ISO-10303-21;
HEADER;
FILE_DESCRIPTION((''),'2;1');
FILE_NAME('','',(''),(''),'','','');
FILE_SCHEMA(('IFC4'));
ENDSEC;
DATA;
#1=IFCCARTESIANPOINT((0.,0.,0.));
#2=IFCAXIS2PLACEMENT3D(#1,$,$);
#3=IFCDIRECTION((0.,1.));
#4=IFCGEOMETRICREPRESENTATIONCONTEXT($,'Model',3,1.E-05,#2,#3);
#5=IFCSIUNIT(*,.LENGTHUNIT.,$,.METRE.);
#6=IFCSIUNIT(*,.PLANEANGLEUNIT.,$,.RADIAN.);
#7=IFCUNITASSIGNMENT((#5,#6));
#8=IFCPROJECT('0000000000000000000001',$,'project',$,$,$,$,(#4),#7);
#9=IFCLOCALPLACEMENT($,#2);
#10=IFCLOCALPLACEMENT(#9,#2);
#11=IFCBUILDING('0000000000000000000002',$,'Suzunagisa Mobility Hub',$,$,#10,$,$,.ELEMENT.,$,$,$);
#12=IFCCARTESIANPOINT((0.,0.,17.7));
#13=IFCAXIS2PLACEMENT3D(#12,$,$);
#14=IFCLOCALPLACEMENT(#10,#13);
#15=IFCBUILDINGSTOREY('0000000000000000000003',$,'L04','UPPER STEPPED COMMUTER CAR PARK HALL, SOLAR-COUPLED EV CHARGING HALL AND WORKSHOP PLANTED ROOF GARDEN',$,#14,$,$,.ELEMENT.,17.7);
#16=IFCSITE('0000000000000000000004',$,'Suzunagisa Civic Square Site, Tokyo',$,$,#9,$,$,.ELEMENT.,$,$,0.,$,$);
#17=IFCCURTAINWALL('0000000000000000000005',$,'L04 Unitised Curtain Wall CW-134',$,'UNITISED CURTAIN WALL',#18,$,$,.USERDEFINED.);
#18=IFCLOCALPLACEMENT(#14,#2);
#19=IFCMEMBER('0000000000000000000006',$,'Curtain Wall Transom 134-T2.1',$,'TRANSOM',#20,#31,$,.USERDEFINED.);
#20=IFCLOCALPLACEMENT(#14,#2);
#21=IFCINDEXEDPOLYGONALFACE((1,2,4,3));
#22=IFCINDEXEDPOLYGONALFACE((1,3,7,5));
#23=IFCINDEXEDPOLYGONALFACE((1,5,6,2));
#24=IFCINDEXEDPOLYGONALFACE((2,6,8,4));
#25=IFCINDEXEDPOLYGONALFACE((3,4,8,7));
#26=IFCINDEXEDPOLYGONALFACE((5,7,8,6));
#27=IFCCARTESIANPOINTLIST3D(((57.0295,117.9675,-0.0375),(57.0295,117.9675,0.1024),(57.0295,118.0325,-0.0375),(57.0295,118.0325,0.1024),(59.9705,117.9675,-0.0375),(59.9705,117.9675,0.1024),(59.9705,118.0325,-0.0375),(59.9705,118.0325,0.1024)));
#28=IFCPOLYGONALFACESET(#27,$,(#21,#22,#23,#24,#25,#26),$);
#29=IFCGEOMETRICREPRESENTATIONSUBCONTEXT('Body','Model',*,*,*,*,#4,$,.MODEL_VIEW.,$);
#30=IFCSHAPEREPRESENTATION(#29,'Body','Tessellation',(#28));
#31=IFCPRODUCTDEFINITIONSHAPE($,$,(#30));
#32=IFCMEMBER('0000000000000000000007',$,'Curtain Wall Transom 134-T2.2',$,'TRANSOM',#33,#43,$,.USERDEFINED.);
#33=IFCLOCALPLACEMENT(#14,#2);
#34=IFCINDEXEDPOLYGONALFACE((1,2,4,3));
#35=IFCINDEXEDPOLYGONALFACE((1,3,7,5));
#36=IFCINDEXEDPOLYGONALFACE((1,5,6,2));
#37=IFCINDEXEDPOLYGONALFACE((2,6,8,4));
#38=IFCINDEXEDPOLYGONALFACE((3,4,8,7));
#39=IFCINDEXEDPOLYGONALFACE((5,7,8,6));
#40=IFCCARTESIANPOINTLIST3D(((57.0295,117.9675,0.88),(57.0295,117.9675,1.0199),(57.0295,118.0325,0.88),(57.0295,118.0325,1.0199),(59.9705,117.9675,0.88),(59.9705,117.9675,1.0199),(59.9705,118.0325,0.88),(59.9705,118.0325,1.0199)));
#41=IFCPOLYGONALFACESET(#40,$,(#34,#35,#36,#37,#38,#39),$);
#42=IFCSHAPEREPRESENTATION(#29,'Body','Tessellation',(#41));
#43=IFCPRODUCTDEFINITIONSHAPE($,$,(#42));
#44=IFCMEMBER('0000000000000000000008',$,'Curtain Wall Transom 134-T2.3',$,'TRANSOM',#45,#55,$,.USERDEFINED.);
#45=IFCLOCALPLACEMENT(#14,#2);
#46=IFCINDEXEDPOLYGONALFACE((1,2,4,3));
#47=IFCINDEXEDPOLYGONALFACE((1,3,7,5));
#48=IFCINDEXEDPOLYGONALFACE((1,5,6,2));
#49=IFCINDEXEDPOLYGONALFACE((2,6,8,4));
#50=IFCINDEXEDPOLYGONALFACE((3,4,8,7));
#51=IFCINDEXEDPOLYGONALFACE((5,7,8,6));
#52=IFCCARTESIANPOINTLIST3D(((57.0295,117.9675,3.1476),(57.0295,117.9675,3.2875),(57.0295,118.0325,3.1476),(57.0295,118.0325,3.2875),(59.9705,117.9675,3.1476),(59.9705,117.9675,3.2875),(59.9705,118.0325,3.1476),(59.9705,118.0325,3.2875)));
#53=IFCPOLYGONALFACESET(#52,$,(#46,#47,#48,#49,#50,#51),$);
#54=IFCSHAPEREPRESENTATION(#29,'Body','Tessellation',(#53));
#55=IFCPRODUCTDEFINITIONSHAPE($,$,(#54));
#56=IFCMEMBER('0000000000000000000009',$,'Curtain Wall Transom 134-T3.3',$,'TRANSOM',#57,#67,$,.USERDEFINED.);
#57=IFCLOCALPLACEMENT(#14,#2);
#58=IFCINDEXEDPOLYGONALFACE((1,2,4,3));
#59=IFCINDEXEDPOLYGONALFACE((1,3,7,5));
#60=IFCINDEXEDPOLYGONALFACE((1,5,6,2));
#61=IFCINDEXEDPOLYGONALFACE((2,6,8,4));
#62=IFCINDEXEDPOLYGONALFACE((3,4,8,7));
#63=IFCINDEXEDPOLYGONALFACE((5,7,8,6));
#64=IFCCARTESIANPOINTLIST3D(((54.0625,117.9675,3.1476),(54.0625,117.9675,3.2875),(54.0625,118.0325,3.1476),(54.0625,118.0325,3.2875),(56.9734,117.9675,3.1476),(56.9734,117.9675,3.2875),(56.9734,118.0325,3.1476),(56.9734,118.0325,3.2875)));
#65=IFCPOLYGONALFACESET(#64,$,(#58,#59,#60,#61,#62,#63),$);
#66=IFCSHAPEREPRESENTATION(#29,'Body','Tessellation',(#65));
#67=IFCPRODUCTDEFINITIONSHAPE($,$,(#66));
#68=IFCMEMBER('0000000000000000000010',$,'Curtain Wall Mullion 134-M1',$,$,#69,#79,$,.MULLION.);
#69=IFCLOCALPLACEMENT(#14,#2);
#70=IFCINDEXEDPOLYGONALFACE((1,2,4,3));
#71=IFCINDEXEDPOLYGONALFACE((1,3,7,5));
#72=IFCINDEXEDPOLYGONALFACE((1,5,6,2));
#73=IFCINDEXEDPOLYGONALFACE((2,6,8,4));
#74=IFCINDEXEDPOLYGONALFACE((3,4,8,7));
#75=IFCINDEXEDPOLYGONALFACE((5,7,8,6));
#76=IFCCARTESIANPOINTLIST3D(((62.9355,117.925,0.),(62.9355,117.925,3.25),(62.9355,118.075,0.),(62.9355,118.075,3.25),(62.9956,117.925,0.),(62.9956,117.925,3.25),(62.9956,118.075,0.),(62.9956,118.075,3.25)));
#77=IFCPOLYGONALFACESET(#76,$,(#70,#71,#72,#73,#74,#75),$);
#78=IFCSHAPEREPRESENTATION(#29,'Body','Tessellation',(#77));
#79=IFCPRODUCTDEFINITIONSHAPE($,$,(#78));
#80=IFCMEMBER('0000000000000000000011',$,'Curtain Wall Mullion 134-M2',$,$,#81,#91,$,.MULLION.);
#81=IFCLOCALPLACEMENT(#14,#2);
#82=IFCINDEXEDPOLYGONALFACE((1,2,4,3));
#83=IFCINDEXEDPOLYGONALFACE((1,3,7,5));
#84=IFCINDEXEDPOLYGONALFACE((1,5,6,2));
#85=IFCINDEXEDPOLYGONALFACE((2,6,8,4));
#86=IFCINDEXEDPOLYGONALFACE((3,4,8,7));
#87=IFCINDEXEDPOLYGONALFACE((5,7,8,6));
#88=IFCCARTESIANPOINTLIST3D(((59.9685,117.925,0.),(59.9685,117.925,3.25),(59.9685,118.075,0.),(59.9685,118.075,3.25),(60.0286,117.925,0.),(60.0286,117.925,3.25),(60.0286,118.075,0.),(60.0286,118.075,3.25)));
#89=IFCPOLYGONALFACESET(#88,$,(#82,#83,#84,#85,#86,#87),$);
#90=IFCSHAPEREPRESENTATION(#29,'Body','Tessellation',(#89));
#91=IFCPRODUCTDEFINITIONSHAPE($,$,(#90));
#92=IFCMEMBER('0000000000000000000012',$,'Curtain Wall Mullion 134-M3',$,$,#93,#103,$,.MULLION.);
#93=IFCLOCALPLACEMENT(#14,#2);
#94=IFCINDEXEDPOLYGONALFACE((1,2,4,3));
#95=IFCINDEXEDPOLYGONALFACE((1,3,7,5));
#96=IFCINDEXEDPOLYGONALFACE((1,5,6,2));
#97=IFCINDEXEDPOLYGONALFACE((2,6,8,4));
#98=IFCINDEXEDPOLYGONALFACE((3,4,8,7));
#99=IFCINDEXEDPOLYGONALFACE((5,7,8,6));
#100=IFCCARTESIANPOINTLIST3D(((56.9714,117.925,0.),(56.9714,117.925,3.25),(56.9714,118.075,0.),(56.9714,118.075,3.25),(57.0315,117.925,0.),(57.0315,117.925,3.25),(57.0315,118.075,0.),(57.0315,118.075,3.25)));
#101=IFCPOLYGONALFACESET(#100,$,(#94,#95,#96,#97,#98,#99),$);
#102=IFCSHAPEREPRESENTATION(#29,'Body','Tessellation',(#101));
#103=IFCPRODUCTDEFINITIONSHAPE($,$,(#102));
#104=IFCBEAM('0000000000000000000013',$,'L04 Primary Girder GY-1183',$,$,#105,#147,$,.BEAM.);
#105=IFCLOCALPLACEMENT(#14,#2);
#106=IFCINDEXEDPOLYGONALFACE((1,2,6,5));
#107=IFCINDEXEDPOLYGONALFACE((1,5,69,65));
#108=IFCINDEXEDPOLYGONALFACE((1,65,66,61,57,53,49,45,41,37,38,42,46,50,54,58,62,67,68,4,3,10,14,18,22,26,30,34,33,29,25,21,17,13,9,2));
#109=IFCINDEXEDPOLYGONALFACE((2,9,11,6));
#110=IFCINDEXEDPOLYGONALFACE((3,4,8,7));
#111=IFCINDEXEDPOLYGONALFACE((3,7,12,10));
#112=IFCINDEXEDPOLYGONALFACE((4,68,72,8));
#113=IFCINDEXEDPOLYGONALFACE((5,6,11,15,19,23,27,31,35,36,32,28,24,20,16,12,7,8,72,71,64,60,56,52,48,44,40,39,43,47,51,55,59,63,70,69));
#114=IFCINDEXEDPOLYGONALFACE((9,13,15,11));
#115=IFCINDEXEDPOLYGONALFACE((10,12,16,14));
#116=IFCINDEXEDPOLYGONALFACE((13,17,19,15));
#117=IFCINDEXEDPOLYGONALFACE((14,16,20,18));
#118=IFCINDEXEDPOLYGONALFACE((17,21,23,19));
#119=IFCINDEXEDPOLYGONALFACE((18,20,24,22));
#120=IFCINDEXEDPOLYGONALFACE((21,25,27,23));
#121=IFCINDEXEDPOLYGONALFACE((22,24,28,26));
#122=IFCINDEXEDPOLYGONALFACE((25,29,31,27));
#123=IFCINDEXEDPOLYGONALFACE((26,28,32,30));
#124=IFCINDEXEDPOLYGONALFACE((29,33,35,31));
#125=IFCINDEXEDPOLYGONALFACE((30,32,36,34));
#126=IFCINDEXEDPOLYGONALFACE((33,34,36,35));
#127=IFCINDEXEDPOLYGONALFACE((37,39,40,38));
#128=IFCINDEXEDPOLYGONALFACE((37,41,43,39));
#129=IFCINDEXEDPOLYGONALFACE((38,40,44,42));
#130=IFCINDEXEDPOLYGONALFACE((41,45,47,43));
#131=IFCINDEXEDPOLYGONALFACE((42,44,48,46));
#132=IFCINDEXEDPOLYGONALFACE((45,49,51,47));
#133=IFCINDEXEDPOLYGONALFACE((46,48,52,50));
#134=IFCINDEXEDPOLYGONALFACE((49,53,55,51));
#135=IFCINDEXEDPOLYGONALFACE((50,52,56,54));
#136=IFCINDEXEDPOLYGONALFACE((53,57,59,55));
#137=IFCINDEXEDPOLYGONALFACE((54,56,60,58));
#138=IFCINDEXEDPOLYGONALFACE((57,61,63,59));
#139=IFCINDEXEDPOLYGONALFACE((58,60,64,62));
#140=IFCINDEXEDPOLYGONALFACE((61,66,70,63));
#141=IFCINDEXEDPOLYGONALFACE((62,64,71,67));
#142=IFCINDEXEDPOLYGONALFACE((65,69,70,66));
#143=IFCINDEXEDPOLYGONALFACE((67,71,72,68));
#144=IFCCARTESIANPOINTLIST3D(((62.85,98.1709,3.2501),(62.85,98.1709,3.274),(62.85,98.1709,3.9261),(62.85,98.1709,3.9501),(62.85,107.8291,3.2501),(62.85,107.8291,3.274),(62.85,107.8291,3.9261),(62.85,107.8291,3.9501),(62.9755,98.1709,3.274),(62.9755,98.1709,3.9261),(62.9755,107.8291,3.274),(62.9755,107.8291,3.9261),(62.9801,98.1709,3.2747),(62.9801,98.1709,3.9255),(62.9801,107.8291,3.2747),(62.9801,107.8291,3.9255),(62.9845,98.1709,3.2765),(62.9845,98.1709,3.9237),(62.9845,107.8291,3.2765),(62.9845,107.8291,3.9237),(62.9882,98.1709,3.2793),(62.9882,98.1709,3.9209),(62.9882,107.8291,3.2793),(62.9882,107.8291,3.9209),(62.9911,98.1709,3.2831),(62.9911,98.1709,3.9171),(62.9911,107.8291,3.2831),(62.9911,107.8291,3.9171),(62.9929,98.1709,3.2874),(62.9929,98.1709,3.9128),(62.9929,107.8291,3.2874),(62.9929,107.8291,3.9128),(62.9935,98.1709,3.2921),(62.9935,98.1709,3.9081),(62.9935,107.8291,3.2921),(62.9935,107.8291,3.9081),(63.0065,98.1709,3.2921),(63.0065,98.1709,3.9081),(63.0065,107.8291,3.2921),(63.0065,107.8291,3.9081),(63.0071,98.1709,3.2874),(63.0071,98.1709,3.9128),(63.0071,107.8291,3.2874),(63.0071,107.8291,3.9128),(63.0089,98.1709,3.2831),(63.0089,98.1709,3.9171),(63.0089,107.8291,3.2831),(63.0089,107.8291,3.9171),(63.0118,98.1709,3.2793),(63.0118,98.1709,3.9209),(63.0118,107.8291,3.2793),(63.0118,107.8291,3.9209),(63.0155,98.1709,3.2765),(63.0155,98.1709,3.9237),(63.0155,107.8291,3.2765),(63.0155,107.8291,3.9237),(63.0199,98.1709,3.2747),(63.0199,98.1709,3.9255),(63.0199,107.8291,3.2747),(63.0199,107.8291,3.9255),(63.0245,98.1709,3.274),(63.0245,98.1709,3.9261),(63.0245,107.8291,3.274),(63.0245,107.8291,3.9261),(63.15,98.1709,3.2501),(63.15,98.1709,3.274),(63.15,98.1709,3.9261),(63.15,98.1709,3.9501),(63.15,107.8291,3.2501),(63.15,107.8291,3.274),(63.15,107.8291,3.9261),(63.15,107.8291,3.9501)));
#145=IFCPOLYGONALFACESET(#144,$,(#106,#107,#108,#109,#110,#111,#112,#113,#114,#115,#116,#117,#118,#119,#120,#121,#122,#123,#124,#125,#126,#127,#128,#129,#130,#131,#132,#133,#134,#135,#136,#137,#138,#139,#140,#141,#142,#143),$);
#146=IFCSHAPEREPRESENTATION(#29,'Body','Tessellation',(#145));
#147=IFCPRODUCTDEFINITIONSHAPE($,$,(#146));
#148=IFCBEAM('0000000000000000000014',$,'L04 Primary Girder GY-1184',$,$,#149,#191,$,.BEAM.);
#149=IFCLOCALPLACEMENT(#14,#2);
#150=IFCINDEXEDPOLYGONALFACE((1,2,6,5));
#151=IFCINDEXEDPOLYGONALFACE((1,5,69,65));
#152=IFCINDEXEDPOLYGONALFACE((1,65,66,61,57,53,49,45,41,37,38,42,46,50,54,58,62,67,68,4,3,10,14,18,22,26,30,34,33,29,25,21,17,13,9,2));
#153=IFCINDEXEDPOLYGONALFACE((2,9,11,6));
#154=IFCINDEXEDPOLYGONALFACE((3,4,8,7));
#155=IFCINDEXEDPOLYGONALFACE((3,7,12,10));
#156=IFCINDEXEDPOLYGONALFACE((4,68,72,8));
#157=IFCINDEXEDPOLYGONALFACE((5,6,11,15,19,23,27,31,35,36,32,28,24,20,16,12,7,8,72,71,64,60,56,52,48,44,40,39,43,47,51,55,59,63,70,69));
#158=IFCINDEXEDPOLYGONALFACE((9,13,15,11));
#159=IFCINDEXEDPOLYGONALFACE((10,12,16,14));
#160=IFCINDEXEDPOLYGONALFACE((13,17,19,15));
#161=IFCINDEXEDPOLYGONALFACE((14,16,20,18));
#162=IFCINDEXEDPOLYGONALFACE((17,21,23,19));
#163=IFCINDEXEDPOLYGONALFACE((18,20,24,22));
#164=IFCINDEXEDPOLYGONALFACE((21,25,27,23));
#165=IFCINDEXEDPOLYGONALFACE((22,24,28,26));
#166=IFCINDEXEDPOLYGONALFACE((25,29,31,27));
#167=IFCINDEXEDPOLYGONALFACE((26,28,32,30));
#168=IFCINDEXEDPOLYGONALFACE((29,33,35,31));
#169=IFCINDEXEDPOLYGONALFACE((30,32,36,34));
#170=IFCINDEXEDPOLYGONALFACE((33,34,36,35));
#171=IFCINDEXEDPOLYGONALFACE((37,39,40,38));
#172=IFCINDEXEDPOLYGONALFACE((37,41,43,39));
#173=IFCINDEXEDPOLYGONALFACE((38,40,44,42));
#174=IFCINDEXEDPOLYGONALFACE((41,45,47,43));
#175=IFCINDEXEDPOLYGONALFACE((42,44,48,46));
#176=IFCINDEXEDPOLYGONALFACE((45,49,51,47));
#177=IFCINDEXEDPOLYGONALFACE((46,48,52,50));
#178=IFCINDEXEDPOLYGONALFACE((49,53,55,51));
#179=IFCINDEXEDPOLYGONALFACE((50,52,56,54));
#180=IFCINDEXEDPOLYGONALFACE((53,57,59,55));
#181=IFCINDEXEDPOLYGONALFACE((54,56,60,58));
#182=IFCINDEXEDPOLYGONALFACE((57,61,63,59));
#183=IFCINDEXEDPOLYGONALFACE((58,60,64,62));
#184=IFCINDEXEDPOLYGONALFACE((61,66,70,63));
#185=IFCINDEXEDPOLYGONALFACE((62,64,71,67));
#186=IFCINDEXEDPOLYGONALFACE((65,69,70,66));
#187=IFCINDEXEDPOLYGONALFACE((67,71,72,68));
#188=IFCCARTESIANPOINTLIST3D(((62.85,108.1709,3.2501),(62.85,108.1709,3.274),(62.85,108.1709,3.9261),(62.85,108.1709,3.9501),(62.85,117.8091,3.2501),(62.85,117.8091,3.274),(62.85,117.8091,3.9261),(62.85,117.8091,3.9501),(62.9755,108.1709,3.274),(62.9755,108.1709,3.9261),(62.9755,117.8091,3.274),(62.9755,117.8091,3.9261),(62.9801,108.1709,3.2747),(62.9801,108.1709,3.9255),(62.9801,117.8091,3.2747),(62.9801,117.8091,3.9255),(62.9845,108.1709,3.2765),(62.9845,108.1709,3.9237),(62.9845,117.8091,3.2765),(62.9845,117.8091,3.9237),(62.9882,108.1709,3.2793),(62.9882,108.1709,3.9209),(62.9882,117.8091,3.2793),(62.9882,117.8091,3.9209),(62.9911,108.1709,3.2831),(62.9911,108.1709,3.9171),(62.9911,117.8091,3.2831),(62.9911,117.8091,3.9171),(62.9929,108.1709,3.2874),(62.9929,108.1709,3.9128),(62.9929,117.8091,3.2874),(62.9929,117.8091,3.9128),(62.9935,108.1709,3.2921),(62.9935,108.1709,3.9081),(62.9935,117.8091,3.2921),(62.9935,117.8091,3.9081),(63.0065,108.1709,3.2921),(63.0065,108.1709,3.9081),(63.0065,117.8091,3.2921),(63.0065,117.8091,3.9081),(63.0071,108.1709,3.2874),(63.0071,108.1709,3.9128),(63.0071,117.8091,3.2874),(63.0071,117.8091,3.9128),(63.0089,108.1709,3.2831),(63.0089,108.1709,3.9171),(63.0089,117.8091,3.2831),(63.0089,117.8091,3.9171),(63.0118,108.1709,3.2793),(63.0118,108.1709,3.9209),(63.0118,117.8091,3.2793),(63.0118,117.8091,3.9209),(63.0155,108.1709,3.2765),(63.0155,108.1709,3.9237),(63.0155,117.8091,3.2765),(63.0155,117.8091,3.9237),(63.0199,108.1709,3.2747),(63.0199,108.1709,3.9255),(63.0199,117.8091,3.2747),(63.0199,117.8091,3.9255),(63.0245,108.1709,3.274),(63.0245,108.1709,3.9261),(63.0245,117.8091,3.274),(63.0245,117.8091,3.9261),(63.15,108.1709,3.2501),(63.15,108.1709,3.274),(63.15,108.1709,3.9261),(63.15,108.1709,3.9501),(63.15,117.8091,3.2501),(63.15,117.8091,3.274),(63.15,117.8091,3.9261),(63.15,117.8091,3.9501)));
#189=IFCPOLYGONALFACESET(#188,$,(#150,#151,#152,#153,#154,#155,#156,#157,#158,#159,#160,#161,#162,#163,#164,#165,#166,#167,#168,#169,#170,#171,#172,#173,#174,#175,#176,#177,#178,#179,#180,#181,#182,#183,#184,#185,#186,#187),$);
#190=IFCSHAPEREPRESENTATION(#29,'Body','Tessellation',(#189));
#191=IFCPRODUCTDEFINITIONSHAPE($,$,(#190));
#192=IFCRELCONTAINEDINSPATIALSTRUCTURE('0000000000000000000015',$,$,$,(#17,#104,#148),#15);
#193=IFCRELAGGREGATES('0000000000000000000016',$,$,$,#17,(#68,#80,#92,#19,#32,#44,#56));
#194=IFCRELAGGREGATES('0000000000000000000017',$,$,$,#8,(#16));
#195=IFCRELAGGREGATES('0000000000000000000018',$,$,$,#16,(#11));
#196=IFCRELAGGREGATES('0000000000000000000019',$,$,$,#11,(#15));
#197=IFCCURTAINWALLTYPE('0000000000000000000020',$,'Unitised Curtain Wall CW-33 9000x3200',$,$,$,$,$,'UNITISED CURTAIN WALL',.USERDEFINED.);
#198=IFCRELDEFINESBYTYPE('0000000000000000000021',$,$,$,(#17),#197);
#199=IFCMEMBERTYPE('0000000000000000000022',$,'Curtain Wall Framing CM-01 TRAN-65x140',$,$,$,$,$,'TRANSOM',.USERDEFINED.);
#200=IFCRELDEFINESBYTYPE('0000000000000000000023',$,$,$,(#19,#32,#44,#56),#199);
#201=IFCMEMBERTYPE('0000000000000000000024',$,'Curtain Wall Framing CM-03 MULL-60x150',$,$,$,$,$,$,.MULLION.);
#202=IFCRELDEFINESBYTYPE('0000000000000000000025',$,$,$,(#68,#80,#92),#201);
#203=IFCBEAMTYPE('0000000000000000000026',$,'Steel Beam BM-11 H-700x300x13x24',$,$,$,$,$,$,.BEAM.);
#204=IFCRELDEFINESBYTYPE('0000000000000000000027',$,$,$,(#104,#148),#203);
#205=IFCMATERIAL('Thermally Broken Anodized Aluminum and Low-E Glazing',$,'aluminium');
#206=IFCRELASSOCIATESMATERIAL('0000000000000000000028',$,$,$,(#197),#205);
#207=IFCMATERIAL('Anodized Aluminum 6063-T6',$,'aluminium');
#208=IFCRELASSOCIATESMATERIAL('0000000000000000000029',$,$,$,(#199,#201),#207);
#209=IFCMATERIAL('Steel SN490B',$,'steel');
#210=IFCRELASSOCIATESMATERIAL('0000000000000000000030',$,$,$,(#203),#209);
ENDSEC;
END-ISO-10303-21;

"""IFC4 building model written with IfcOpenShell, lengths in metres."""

from ifc_helpers import new_model, si_unit, direction, frame, origin, origin_2d, place, context, subcontext, project, spatial, rectangle, i_section, extrude, material, material_profile, profile_set, type_object, element, aggregate, save


model = new_model("IFC4")

# Units and contexts
model_context = context("Model", 3, precision=1e-05, world=origin(), true_north=direction((0.0, 1.0)))
body_context = subcontext(model_context, "Body", "Model", "MODEL_VIEW")
ifc_project = project(units=[si_unit("LENGTHUNIT", "METRE"), si_unit("PLANEANGLEUNIT", "RADIAN")], contexts=[model_context])

# Site, building, storey
site_placement = place(None, origin())
site = spatial("IfcSite", under=ifc_project, at=site_placement, Name="Suzunagisa Civic Square Site, Tokyo", CompositionType="ELEMENT", RefElevation=0.0)
building_placement = place(site_placement, origin())
building = spatial("IfcBuilding", under=site, at=building_placement, Name="Suzunagisa Mobility Hub", CompositionType="ELEMENT")
storey_placement = place(building_placement, frame((0.0, 0.0, 17.7)))
storey = spatial("IfcBuildingStorey", under=building, at=storey_placement, Name="L04", Description="UPPER STEPPED COMMUTER CAR PARK HALL, SOLAR-COUPLED EV CHARGING HALL AND WORKSHOP PLANTED ROOF GARDEN", CompositionType="ELEMENT", Elevation=17.7)

# Shared definitions
ifc_material_1 = material(Name="Steel SN490B", Category="steel")

# Curtain wall, members
ifc_material_2 = material(Name="Thermally Broken Anodized Aluminum and Low-E Glazing", Category="aluminium")
curtain_wall_type = type_object("IfcCurtainWallType", Name="Unitised Curtain Wall CW-33 9000x3200", ElementType="UNITISED CURTAIN WALL", PredefinedType="USERDEFINED", material=ifc_material_2)
curtain_wall_placement = place(storey_placement, origin())
curtain_wall = element("IfcCurtainWall", 1, at=curtain_wall_placement, inside=storey, type_object=curtain_wall_type, Name="L04 Unitised Curtain Wall CW-134", ObjectType="UNITISED CURTAIN WALL", PredefinedType="USERDEFINED")
ifc_material_3 = material(Name="Anodized Aluminum 6063-T6", Category="aluminium")
ifc_material_profile_1 = material_profile(ifc_material_3, rectangle(XDim=0.0649, YDim=0.1399, at=origin_2d()), Name="TRAN-65x140")
ifc_profile_set_1 = profile_set([ifc_material_profile_1], Name="Anodized Aluminum 6063-T6")
member_type_1 = type_object("IfcMemberType", Name="Curtain Wall Framing CM-01 TRAN-65x140", ElementType="TRANSOM", PredefinedType="USERDEFINED", material=ifc_profile_set_1)
member_1_placement = place(storey_placement, frame((59.9705, 118.0, 0.0325), z_axis=(-1.0, 0.0, 0.0), x_axis=(0.0, -1.0, 0.0)))
member_1 = element("IfcMember", 2, at=member_1_placement, type_object=member_type_1, Name="Curtain Wall Transom 134-T2.1", ObjectType="TRANSOM", PredefinedType="USERDEFINED", context=body_context, shape_type="SweptSolid", body=[
    extrude(rectangle(XDim=0.0649, YDim=0.1399, at=origin_2d()), origin(), (0.0, 0.0, 1.0), 2.9409),
])
member_2_placement = place(storey_placement, frame((59.9705, 118.0, 0.95), z_axis=(-1.0, 0.0, 0.0), x_axis=(0.0, -1.0, 0.0)))
member_2 = element("IfcMember", 3, at=member_2_placement, type_object=member_type_1, Name="Curtain Wall Transom 134-T2.2", ObjectType="TRANSOM", PredefinedType="USERDEFINED", context=body_context, shape_type="SweptSolid", body=[
    extrude(rectangle(XDim=0.0649, YDim=0.1399, at=origin_2d()), origin(), (0.0, 0.0, 1.0), 2.9409),
])
member_3_placement = place(storey_placement, frame((59.9705, 118.0, 3.2175), z_axis=(-1.0, 0.0, 0.0), x_axis=(0.0, -1.0, 0.0)))
member_3 = element("IfcMember", 4, at=member_3_placement, type_object=member_type_1, Name="Curtain Wall Transom 134-T2.3", ObjectType="TRANSOM", PredefinedType="USERDEFINED", context=body_context, shape_type="SweptSolid", body=[
    extrude(rectangle(XDim=0.0649, YDim=0.1399, at=origin_2d()), origin(), (0.0, 0.0, 1.0), 2.9409),
])
member_4_placement = place(storey_placement, frame((56.9734, 118.0, 3.2175), z_axis=(-1.0, 0.0, 0.0), x_axis=(0.0, -1.0, 0.0)))
member_4 = element("IfcMember", 5, at=member_4_placement, type_object=member_type_1, Name="Curtain Wall Transom 134-T3.3", ObjectType="TRANSOM", PredefinedType="USERDEFINED", context=body_context, shape_type="SweptSolid", body=[
    extrude(rectangle(XDim=0.0649, YDim=0.1399, at=origin_2d()), origin(), (0.0, 0.0, 1.0), 2.9109),
])
ifc_material_profile_2 = material_profile(ifc_material_3, rectangle(XDim=0.0601, YDim=0.1499, at=origin_2d()), Name="MULL-60x150")
ifc_profile_set_2 = profile_set([ifc_material_profile_2], Name="Anodized Aluminum 6063-T6")
member_type_2 = type_object("IfcMemberType", Name="Curtain Wall Framing CM-03 MULL-60x150", PredefinedType="MULLION", material=ifc_profile_set_2)
member_5_placement = place(storey_placement, frame((62.9656, 118.0, 0.0), z_axis=(0.0, 0.0, 1.0), x_axis=(-1.0, 0.0, 0.0)))
member_5 = element("IfcMember", 6, at=member_5_placement, type_object=member_type_2, Name="Curtain Wall Mullion 134-M1", PredefinedType="MULLION", context=body_context, shape_type="SweptSolid", body=[
    extrude(rectangle(XDim=0.0601, YDim=0.1499, at=origin_2d()), origin(), (0.0, 0.0, 1.0), 3.25),
])
member_6_placement = place(storey_placement, frame((59.9985, 118.0, 0.0), z_axis=(0.0, 0.0, 1.0), x_axis=(-1.0, 0.0, 0.0)))
member_6 = element("IfcMember", 7, at=member_6_placement, type_object=member_type_2, Name="Curtain Wall Mullion 134-M2", PredefinedType="MULLION", context=body_context, shape_type="SweptSolid", body=[
    extrude(rectangle(XDim=0.0601, YDim=0.1499, at=origin_2d()), origin(), (0.0, 0.0, 1.0), 3.25),
])
member_7_placement = place(storey_placement, frame((57.0015, 118.0, 0.0), z_axis=(0.0, 0.0, 1.0), x_axis=(-1.0, 0.0, 0.0)))
member_7 = element("IfcMember", 8, at=member_7_placement, type_object=member_type_2, Name="Curtain Wall Mullion 134-M3", PredefinedType="MULLION", context=body_context, shape_type="SweptSolid", body=[
    extrude(rectangle(XDim=0.0601, YDim=0.1499, at=origin_2d()), origin(), (0.0, 0.0, 1.0), 3.25),
])

# Beams
ifc_material_profile_3 = material_profile(ifc_material_1, i_section(OverallWidth=0.3, OverallDepth=0.7, WebThickness=0.0129, FlangeThickness=0.0239, FilletRadius=0.0181, at=origin_2d()), Name="H-700x300x13x24")
ifc_profile_set_3 = profile_set([ifc_material_profile_3], Name="Steel SN490B")
beam_type_1 = type_object("IfcBeamType", Name="Steel Beam BM-11 H-700x300x13x24", PredefinedType="BEAM", material=ifc_profile_set_3)
beam_1_placement = place(storey_placement, frame((63.0, 98.1709, 3.6001), z_axis=(0.0, 1.0, 0.0), x_axis=(-1.0, 0.0, 0.0)))
element("IfcBeam", 9, at=beam_1_placement, inside=storey, type_object=beam_type_1, Name="L04 Primary Girder GY-1183", PredefinedType="BEAM", context=body_context, shape_type="SweptSolid", body=[
    extrude(i_section(OverallWidth=0.3, OverallDepth=0.7, WebThickness=0.0129, FlangeThickness=0.0239, FilletRadius=0.0181, at=origin_2d()), origin(), (0.0, 0.0, 1.0), 9.6582),
])
beam_2_placement = place(storey_placement, frame((63.0, 108.1709, 3.6001), z_axis=(0.0, 1.0, 0.0), x_axis=(-1.0, 0.0, 0.0)))
element("IfcBeam", 10, at=beam_2_placement, inside=storey, type_object=beam_type_1, Name="L04 Primary Girder GY-1184", PredefinedType="BEAM", context=body_context, shape_type="SweptSolid", body=[
    extrude(i_section(OverallWidth=0.3, OverallDepth=0.7, WebThickness=0.0129, FlangeThickness=0.0239, FilletRadius=0.0181, at=origin_2d()), origin(), (0.0, 0.0, 1.0), 9.6382),
])

aggregate(curtain_wall, [member_5, member_6, member_7, member_1, member_2, member_3, member_4])

save(model, "model.ifc")
